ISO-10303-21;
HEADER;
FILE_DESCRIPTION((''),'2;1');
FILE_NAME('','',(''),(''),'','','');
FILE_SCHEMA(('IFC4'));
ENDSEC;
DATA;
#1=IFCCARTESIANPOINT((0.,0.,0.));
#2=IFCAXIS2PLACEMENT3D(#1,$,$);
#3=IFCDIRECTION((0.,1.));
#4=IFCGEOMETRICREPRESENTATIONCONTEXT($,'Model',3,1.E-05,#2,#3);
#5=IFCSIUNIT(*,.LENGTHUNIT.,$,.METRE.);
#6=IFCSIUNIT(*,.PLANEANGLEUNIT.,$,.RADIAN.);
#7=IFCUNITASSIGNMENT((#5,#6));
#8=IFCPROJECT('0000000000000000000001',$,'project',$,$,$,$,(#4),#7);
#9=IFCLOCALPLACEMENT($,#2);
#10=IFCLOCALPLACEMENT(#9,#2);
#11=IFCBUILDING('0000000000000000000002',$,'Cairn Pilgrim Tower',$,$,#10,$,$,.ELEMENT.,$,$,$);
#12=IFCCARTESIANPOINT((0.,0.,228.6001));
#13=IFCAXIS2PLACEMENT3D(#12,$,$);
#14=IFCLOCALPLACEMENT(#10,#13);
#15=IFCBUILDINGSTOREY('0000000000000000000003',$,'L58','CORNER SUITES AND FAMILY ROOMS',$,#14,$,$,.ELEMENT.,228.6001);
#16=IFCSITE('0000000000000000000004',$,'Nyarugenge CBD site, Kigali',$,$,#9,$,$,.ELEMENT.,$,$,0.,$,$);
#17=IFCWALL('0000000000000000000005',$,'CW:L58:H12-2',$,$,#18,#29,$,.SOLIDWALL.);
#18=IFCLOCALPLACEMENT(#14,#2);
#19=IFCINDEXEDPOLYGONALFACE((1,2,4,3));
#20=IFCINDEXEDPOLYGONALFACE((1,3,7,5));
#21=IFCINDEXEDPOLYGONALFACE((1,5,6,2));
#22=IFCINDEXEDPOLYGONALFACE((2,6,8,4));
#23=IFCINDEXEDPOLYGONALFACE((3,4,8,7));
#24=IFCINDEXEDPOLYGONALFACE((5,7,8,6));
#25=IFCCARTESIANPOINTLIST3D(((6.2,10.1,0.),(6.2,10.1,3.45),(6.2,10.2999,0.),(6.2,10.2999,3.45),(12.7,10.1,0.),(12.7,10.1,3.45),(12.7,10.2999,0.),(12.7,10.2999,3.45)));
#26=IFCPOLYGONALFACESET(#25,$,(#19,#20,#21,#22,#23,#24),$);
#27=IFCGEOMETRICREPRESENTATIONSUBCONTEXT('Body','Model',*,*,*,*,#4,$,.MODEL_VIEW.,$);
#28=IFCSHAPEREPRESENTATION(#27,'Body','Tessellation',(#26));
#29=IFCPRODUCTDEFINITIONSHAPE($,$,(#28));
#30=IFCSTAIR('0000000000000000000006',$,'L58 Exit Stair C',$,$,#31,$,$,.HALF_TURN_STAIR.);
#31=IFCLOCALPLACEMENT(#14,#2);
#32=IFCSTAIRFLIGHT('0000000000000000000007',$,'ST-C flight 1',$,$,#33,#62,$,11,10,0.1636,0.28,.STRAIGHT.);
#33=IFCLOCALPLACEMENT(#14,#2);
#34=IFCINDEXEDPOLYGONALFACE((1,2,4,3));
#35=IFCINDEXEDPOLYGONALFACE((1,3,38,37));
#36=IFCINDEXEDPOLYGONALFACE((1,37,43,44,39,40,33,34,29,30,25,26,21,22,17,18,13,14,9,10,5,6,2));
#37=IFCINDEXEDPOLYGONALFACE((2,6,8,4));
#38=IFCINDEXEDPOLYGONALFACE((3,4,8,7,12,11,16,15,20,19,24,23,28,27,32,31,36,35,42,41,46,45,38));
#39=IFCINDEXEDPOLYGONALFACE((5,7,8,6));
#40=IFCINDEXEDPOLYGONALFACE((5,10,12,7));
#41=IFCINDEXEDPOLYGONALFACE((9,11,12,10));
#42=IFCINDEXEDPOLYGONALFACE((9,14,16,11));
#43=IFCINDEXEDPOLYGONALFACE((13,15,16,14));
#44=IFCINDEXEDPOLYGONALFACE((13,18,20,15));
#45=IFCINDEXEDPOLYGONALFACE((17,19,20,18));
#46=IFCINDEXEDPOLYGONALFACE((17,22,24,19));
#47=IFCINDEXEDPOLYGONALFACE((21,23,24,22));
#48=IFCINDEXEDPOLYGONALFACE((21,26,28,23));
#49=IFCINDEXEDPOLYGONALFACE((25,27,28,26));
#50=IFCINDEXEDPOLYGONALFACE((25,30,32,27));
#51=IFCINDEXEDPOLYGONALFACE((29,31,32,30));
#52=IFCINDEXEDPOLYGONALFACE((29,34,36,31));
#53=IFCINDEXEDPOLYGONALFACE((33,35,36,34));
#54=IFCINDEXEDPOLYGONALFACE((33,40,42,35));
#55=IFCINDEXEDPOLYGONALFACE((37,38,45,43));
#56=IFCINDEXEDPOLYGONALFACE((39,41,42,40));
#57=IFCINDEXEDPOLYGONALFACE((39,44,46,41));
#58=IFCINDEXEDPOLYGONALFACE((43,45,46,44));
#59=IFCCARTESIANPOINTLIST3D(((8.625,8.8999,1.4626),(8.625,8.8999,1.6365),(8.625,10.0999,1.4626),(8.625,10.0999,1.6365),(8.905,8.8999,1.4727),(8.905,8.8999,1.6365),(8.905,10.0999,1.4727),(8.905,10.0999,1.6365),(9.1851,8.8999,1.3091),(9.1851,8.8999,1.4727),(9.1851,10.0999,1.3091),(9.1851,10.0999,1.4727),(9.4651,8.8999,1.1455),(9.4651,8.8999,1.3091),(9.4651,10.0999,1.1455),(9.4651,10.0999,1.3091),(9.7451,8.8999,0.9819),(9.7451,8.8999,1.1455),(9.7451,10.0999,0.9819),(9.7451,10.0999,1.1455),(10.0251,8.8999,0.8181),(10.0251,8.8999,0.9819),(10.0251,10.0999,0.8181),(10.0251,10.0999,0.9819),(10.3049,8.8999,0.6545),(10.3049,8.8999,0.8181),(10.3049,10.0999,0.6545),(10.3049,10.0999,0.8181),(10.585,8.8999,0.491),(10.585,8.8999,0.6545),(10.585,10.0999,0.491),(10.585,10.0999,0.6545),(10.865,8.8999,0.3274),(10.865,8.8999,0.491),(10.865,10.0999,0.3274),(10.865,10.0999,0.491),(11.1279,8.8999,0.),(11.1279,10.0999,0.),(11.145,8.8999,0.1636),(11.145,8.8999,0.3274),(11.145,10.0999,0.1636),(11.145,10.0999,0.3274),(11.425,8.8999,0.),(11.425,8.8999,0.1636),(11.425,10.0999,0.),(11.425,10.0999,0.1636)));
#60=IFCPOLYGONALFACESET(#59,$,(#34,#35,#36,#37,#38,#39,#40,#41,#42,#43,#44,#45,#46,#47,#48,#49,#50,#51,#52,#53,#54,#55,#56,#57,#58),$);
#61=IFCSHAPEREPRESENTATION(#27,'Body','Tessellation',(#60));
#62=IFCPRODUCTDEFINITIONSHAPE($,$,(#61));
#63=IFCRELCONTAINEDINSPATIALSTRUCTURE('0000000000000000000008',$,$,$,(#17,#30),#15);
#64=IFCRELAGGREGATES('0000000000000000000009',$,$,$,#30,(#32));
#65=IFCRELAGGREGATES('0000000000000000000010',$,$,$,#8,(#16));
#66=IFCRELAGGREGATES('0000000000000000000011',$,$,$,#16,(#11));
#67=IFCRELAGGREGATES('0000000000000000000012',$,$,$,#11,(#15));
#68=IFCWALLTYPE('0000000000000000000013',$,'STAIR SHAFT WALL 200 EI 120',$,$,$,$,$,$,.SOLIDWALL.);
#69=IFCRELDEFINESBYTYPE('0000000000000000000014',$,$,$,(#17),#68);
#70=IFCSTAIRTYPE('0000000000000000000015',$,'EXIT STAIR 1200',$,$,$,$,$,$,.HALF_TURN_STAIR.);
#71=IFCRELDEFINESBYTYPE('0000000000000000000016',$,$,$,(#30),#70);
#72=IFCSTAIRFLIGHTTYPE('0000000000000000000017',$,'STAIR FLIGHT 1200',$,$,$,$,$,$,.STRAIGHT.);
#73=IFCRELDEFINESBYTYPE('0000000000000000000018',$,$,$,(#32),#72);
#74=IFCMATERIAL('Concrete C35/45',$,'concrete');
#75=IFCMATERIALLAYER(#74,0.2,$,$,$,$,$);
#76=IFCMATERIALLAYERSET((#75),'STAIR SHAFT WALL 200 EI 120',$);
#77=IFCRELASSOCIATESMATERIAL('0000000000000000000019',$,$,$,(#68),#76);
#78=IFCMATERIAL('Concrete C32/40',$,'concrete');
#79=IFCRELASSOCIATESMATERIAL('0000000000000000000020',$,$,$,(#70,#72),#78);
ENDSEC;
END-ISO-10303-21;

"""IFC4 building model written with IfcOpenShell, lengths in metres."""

from ifc_helpers import new_model, si_unit, direction, frame, frame_2d, origin, place, context, subcontext, project, spatial, polyline, rectangle, outline, extrude, material, layer, layer_set, type_object, element, aggregate, save


model = new_model("IFC4")

# Units and contexts
model_context = context("Model", 3, precision=1e-05, world=origin(), true_north=direction((0.0, 1.0)))
body_context = subcontext(model_context, "Body", "Model", "MODEL_VIEW")
ifc_project = project(units=[si_unit("LENGTHUNIT", "METRE"), si_unit("PLANEANGLEUNIT", "RADIAN")], contexts=[model_context])

# Site, building, storey
site_placement = place(None, origin())
site = spatial("IfcSite", under=ifc_project, at=site_placement, Name="Nyarugenge CBD site, Kigali", CompositionType="ELEMENT", RefElevation=0.0)
building_placement = place(site_placement, origin())
building = spatial("IfcBuilding", under=site, at=building_placement, Name="Cairn Pilgrim Tower", CompositionType="ELEMENT")
storey_placement = place(building_placement, frame((0.0, 0.0, 228.6001)))
storey = spatial("IfcBuildingStorey", under=building, at=storey_placement, Name="L58", Description="CORNER SUITES AND FAMILY ROOMS", CompositionType="ELEMENT", Elevation=228.6001)

# Wall
ifc_material_1 = material(Name="Concrete C35/45", Category="concrete")
ifc_layer_1 = layer(ifc_material_1, 0.2)
ifc_layer_set_1 = layer_set([ifc_layer_1], Name="STAIR SHAFT WALL 200 EI 120")
wall_type_1 = type_object("IfcWallType", Name="STAIR SHAFT WALL 200 EI 120", PredefinedType="SOLIDWALL", material=ifc_layer_set_1)
wall_1_placement = place(storey_placement, frame((6.2, 10.2, 0.0), z_axis=(0.0, 0.0, 1.0), x_axis=(1.0, 0.0, 0.0)))
element("IfcWall", 1, at=wall_1_placement, inside=storey, type_object=wall_type_1, Name="CW:L58:H12-2", PredefinedType="SOLIDWALL", context=body_context, shape_type="SweptSolid", body=[
    extrude(rectangle(XDim=6.5, YDim=0.2, at=frame_2d((3.25, 0.0))), origin(), (0.0, 0.0, 1.0), 3.45),
])

# Stair, stair flight
ifc_material_2 = material(Name="Concrete C32/40", Category="concrete")
stair_type = type_object("IfcStairType", Name="EXIT STAIR 1200", PredefinedType="HALF_TURN_STAIR", material=ifc_material_2)
stair_placement = place(storey_placement, origin())
stair = element("IfcStair", 2, at=stair_placement, inside=storey, type_object=stair_type, Name="L58 Exit Stair C", PredefinedType="HALF_TURN_STAIR")
stair_flight_type = type_object("IfcStairFlightType", Name="STAIR FLIGHT 1200", PredefinedType="STRAIGHT", material=ifc_material_2)
stair_flight_placement = place(storey_placement, frame((11.425, 9.5, 0.0), z_axis=(0.0, 0.0, 1.0), x_axis=(-1.0, 0.0, 0.0)))
stair_flight = element("IfcStairFlight", 3, at=stair_flight_placement, type_object=stair_flight_type, Name="ST-C flight 1", NumberOfRisers=11, NumberOfTreads=10, PredefinedType="STRAIGHT", RiserHeight=0.1636, TreadLength=0.28, context=body_context, shape_type="SweptSolid", body=[
    extrude(outline(polyline([(0.0, 0.0), (0.0, 0.1636), (0.28, 0.1636), (0.28, 0.3274), (0.5601, 0.3274), (0.5601, 0.491), (0.8401, 0.491), (0.8401, 0.6545), (1.1201, 0.6545), (1.1201, 0.8181), (1.3999, 0.8181), (1.3999, 0.9819), (1.6799, 0.9819), (1.6799, 1.1455), (1.96, 1.1455), (1.96, 1.3091), (2.24, 1.3091), (2.24, 1.4727), (2.52, 1.4727), (2.52, 1.6365), (2.8, 1.6365), (2.8, 1.8), (2.8, 1.4626), (0.2971, 0.0), (0.0, 0.0)])), frame((0.0, 0.6001, 0.0), z_axis=(0.0, -1.0, 0.0), x_axis=(1.0, 0.0, 0.0)), (0.0, 0.0, 1.0), 1.2),
])
aggregate(stair, [stair_flight])

save(model, "model.ifc")
